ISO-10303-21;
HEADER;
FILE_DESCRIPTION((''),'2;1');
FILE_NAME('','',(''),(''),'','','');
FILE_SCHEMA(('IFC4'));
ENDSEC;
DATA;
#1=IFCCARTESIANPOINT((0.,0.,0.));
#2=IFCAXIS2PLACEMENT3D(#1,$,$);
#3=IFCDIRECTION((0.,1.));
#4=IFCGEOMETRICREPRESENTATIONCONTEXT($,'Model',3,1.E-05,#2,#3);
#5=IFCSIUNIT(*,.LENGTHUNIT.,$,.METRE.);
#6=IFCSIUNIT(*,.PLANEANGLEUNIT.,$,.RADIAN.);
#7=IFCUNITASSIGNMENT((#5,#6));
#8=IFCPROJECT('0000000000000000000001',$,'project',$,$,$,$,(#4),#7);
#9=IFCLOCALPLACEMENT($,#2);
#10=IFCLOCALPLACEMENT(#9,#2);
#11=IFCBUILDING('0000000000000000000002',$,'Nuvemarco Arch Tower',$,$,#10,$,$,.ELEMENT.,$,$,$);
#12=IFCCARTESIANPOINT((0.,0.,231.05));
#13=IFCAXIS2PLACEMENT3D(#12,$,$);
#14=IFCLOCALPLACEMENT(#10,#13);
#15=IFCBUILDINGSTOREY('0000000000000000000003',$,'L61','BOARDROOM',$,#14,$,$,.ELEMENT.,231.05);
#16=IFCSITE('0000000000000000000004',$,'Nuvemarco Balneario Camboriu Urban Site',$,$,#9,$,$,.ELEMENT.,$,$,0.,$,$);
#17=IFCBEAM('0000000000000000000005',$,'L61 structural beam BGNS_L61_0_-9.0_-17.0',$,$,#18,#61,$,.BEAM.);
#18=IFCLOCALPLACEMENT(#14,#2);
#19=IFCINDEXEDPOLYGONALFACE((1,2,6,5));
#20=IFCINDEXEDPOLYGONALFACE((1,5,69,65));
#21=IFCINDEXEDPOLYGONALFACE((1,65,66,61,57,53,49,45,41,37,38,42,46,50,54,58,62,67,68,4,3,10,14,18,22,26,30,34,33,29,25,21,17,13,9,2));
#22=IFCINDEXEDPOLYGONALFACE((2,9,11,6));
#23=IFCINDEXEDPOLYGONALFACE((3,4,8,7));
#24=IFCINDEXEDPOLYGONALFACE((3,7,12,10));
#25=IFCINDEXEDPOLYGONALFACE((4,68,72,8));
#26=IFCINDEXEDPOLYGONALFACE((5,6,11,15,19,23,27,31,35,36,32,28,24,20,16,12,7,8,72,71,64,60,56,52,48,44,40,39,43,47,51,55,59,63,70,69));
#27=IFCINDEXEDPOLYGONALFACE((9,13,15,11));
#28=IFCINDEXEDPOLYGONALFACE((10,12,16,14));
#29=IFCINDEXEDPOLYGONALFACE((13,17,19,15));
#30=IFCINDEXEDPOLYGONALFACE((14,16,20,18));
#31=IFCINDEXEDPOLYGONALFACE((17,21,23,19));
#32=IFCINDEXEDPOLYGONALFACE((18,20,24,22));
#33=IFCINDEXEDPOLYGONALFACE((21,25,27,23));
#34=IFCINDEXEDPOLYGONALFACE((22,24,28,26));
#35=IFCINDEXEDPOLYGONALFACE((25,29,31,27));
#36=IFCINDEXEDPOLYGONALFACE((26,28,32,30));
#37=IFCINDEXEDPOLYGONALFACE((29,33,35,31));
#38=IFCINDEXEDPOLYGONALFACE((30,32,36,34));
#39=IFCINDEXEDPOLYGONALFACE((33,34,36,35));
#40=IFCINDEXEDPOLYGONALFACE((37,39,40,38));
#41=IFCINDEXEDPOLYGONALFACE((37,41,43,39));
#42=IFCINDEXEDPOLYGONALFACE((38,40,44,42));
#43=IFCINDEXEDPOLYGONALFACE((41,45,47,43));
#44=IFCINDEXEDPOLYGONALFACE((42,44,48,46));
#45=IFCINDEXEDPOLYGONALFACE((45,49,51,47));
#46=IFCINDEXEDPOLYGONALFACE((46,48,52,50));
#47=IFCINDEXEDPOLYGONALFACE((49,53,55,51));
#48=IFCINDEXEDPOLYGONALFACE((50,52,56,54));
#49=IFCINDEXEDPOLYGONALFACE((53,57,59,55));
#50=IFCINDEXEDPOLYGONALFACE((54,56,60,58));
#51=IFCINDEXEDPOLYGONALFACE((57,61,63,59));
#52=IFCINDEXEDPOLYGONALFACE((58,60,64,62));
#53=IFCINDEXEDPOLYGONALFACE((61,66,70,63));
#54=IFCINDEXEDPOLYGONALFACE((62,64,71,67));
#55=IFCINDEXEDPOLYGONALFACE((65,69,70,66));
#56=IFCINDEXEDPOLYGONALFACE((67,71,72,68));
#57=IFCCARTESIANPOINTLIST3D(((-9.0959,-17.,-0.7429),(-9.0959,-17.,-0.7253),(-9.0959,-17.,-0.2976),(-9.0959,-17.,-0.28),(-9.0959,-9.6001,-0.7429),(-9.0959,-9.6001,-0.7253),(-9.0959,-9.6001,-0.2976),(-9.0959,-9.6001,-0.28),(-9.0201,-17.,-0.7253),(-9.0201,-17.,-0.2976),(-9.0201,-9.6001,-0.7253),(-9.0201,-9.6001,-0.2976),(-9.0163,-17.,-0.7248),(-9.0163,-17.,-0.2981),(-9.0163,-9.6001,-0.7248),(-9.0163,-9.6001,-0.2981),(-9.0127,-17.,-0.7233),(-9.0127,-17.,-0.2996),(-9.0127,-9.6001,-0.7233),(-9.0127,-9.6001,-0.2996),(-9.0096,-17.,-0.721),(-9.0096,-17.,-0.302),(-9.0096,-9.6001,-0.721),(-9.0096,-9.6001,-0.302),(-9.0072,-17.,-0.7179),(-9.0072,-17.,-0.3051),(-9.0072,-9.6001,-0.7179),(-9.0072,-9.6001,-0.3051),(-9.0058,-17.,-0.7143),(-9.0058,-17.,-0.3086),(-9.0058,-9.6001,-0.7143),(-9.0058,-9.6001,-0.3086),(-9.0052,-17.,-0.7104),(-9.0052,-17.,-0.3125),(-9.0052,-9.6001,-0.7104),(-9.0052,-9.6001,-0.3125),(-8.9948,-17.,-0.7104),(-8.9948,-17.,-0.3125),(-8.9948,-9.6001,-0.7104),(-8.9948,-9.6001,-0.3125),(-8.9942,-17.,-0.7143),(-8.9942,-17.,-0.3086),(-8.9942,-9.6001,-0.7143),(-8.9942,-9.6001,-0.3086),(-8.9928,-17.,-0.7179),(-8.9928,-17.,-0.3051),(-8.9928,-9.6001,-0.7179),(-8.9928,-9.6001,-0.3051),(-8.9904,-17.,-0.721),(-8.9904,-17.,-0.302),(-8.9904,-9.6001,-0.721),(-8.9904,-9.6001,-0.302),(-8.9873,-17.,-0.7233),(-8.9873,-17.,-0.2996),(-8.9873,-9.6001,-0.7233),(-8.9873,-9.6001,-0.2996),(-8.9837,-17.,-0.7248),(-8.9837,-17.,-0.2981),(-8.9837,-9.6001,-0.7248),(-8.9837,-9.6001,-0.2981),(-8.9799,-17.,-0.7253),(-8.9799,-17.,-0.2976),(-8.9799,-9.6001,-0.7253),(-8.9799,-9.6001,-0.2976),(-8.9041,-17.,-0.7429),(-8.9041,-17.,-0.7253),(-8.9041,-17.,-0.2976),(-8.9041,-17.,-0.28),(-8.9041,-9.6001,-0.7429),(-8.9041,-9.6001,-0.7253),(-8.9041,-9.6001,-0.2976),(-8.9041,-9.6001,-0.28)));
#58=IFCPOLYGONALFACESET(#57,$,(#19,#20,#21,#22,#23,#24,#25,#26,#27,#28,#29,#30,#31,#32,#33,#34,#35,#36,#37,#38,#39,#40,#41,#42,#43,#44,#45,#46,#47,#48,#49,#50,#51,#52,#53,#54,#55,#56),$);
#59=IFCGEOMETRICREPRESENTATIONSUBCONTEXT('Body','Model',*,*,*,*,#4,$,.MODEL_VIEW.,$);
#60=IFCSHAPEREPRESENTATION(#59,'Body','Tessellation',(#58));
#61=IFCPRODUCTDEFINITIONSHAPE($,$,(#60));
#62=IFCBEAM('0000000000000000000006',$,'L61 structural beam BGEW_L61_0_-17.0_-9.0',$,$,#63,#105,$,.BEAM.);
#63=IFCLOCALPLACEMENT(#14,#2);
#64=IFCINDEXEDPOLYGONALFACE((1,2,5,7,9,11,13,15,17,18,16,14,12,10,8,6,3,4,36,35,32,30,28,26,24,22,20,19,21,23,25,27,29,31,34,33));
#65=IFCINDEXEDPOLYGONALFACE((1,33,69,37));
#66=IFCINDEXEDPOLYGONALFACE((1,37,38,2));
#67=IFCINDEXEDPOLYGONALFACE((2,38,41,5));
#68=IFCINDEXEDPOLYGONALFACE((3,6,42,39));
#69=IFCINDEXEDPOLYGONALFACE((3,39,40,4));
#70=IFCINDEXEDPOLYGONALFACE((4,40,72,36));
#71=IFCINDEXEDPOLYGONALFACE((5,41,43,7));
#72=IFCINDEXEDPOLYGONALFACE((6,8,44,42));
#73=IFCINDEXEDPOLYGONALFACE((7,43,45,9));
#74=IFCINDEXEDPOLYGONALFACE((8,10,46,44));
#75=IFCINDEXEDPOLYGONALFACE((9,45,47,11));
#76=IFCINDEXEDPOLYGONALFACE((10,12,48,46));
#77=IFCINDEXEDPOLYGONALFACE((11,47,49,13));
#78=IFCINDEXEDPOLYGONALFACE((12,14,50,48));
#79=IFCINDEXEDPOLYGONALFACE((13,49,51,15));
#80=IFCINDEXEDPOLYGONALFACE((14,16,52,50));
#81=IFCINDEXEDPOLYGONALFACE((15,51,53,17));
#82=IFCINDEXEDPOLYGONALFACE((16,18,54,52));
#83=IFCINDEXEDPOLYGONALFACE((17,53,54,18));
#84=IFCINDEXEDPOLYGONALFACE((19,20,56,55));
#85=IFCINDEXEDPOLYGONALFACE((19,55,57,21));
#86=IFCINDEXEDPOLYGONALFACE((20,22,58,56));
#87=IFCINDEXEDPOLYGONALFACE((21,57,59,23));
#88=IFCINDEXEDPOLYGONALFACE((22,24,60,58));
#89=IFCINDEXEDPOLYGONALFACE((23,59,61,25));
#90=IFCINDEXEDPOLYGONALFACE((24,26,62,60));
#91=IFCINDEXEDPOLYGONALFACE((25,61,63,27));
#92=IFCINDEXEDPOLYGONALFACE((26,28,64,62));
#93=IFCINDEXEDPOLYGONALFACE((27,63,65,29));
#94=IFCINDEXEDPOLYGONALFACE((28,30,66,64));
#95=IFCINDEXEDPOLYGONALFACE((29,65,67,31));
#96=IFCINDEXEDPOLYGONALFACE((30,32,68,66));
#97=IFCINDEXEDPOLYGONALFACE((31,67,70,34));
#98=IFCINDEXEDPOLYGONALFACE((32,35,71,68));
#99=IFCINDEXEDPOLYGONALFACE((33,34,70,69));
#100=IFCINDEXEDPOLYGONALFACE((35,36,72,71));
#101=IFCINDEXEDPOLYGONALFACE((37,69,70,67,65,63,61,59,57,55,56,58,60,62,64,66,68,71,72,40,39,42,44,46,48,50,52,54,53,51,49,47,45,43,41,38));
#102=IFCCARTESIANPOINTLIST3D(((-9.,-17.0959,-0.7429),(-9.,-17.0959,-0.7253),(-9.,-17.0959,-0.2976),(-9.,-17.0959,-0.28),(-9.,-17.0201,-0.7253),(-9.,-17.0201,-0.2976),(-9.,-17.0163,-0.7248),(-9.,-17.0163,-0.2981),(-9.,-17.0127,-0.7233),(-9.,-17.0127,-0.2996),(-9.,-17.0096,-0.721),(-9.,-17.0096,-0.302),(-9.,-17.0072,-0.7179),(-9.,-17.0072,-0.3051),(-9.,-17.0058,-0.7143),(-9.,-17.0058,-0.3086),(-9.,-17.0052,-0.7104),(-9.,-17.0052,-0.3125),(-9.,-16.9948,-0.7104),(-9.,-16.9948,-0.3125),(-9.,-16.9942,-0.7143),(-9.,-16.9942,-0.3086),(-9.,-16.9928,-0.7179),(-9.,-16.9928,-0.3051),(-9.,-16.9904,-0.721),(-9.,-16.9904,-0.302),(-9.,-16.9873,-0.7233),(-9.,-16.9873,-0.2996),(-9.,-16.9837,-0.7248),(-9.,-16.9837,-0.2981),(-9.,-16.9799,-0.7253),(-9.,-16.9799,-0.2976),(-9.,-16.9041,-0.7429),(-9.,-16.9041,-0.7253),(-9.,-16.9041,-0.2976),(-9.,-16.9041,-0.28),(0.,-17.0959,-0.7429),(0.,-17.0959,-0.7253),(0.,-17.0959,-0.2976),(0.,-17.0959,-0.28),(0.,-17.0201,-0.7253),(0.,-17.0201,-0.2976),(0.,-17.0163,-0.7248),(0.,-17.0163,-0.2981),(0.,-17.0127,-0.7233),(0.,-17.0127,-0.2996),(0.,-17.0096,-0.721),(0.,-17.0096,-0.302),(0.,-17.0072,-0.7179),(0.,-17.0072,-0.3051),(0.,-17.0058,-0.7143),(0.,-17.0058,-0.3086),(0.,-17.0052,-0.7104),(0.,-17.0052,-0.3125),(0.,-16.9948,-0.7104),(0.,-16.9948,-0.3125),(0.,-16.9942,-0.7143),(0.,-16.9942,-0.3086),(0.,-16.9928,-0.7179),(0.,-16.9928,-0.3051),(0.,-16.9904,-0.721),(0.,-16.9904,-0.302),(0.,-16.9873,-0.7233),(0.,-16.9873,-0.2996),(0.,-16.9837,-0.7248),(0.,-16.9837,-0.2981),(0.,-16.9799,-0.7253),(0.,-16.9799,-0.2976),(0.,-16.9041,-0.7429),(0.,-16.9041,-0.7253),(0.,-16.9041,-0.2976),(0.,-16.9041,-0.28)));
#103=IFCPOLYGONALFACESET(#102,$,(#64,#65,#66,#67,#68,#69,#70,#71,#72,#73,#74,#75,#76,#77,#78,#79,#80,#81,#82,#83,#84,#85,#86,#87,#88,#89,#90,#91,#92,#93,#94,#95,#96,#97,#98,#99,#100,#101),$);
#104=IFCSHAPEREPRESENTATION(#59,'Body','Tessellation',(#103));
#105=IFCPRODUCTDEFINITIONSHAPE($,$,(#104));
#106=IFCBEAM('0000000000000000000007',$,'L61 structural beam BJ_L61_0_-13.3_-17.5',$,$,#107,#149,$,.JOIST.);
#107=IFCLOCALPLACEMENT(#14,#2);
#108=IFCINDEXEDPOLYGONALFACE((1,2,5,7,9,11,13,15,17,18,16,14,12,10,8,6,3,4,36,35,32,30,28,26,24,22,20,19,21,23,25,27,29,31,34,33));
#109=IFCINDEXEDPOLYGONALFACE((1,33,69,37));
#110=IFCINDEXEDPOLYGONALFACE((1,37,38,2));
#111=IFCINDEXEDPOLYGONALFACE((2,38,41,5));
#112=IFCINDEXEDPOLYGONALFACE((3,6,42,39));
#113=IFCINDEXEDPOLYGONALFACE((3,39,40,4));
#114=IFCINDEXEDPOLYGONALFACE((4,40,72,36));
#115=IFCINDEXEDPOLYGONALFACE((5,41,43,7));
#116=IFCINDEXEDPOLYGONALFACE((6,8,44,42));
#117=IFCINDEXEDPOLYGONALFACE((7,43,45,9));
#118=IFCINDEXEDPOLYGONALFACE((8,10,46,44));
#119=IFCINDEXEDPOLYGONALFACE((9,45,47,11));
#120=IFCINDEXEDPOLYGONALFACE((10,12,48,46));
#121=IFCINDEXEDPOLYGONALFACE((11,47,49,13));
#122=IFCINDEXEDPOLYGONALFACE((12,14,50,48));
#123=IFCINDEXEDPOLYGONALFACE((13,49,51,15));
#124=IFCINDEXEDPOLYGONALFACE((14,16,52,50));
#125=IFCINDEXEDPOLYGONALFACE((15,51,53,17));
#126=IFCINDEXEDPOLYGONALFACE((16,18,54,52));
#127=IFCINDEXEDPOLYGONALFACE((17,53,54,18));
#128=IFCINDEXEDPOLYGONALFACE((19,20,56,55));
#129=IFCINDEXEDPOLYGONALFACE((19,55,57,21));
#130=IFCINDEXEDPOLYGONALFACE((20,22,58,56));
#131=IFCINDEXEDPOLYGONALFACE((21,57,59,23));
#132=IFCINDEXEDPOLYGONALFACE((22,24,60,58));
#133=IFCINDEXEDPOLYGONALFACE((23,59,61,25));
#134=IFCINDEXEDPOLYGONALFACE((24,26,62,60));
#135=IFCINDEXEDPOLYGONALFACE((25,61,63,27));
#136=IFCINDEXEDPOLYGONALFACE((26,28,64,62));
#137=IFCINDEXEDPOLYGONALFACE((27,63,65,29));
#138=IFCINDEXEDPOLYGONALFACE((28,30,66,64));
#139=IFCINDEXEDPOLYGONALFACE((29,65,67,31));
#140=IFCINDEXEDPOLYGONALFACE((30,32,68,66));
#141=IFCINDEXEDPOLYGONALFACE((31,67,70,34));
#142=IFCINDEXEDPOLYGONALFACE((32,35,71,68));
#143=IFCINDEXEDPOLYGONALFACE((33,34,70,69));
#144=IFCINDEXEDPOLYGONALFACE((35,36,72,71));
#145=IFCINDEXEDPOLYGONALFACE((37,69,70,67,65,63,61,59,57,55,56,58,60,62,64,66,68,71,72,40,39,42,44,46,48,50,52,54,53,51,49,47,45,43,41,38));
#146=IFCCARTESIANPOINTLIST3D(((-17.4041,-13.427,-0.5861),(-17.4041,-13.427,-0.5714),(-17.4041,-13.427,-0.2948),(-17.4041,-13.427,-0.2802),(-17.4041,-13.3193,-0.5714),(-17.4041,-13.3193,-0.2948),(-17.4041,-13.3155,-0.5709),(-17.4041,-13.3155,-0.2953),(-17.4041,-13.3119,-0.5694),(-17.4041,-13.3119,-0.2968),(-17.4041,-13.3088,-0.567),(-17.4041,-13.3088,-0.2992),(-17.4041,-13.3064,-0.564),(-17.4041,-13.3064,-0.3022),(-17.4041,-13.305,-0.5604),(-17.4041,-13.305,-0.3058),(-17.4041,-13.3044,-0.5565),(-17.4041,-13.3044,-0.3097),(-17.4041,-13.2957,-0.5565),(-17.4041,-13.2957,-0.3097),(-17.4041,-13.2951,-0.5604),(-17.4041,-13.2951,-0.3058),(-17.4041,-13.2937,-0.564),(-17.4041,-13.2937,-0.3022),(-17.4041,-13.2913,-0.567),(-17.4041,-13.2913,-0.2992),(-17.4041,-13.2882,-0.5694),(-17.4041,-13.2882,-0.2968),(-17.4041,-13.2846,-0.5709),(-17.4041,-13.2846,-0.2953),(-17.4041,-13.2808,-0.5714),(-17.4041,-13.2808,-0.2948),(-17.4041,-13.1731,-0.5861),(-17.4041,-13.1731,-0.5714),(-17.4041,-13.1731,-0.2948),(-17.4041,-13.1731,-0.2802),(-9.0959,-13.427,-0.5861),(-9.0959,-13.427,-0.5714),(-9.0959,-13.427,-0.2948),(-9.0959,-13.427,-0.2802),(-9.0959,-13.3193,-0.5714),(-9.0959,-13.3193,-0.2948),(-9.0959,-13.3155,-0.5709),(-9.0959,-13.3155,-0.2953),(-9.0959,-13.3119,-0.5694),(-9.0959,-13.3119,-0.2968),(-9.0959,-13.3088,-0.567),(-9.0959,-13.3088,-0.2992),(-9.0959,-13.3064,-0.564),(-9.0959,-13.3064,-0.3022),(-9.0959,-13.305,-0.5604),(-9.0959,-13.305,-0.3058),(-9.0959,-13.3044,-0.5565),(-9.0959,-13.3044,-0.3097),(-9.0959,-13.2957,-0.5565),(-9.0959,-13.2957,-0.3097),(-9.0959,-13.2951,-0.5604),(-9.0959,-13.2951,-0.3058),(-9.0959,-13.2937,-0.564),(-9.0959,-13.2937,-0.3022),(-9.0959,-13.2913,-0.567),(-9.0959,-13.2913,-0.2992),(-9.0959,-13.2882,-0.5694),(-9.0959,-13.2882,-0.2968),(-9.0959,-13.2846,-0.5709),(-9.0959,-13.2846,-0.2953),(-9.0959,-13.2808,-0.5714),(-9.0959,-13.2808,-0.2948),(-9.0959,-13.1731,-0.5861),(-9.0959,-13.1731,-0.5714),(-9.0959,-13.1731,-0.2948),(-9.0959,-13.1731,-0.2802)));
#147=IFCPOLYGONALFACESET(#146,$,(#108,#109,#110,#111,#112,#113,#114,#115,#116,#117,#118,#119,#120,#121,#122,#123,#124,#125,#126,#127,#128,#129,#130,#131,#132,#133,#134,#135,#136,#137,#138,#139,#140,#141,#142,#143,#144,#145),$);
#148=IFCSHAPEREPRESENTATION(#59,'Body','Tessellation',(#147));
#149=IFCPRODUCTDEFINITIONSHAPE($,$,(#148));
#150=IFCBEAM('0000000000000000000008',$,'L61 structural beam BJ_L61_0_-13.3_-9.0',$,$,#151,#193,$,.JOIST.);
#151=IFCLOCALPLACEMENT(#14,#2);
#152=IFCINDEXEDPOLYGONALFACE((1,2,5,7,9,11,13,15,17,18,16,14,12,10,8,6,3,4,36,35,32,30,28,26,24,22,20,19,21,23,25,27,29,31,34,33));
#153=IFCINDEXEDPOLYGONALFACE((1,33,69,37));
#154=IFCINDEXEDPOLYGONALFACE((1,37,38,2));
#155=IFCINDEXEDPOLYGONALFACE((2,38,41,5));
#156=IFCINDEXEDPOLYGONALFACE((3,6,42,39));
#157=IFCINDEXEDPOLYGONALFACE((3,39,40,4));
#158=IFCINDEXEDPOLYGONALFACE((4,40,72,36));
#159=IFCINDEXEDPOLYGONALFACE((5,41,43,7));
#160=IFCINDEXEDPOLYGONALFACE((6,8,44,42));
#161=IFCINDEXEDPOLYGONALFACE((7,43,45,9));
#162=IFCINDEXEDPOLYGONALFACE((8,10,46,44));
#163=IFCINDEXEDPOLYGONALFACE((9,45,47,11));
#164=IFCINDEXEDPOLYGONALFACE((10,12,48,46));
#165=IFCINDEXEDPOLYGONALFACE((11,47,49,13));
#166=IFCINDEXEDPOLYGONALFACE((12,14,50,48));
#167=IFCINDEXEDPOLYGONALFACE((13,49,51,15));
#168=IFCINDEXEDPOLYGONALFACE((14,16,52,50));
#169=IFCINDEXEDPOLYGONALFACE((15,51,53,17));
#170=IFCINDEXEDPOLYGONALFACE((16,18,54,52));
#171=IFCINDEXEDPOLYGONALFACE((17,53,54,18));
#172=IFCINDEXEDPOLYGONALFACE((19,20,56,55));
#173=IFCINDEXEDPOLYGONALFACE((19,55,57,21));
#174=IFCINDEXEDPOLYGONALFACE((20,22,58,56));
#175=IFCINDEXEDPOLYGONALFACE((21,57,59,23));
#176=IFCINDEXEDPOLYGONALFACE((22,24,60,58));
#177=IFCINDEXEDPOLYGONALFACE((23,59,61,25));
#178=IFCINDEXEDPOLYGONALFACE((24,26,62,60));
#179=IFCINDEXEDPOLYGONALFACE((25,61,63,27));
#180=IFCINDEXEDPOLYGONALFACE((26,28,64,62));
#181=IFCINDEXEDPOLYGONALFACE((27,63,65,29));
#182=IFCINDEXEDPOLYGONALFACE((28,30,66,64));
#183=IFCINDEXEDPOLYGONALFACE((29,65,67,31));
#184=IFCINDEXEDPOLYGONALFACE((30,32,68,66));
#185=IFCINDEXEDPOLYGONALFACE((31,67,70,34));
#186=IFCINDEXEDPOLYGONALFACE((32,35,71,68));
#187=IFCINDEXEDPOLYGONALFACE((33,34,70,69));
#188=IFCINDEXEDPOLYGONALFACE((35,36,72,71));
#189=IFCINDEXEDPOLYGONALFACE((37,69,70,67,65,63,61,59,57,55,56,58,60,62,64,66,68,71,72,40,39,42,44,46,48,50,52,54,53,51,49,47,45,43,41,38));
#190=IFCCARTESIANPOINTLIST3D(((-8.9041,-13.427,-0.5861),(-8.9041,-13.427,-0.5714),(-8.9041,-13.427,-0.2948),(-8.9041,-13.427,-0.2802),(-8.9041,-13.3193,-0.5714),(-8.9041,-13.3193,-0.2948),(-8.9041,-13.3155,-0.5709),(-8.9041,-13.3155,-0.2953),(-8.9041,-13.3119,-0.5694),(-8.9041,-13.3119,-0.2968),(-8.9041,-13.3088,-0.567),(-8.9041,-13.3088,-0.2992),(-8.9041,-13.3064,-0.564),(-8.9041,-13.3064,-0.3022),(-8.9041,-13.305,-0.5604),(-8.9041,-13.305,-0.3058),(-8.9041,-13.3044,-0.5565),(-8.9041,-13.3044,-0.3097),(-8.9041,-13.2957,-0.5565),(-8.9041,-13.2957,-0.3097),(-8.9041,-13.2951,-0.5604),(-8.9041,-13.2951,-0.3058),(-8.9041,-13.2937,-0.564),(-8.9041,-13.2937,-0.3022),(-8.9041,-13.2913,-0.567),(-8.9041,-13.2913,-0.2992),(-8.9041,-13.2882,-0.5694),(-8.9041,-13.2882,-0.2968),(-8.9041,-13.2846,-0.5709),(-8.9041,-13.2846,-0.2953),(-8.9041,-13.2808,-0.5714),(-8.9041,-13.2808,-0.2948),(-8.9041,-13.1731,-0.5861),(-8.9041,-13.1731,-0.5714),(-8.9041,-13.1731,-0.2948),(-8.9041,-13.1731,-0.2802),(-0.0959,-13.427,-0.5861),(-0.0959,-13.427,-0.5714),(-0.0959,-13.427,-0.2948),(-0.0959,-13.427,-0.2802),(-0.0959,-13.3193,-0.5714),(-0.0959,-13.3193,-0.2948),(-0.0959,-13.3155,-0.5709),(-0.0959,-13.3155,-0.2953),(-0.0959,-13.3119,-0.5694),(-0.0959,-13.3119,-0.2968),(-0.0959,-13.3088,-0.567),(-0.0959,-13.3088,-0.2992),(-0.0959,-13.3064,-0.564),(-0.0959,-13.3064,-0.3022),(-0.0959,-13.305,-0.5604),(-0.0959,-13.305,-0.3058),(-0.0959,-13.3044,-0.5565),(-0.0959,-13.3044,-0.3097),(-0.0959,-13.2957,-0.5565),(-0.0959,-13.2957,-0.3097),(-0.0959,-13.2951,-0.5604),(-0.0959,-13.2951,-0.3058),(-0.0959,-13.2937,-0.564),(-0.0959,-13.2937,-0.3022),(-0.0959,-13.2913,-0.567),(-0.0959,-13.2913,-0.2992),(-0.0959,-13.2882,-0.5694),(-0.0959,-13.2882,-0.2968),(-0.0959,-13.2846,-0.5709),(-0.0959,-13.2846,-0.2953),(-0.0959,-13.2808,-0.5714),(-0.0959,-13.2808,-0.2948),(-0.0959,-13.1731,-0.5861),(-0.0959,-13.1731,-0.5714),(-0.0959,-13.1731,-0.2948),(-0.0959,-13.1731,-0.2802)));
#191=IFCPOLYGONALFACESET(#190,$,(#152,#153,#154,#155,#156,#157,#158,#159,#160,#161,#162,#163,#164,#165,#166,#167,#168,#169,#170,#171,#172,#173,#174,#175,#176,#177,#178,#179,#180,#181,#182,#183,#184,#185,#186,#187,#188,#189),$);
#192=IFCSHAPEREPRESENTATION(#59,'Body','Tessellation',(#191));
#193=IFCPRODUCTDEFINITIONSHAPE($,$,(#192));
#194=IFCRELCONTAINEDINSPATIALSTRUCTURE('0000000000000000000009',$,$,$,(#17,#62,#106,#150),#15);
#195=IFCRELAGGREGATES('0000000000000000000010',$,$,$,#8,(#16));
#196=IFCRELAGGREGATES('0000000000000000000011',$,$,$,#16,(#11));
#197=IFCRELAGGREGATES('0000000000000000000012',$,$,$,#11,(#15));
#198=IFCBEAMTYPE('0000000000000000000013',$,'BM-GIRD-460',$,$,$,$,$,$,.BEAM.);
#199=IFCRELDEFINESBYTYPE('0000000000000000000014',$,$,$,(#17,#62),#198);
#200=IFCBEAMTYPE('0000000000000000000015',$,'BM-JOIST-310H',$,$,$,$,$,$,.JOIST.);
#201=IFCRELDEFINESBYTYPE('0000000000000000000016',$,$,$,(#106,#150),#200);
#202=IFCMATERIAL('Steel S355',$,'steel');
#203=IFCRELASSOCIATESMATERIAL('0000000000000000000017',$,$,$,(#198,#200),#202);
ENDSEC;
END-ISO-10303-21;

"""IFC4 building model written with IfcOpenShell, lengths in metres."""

from ifc_helpers import new_model, si_unit, direction, frame, origin, origin_2d, place, context, subcontext, project, spatial, i_section, extrude, material, material_profile, profile_set, type_object, element, save


model = new_model("IFC4")

# Units and contexts
model_context = context("Model", 3, precision=1e-05, world=origin(), true_north=direction((0.0, 1.0)))
body_context = subcontext(model_context, "Body", "Model", "MODEL_VIEW")
ifc_project = project(units=[si_unit("LENGTHUNIT", "METRE"), si_unit("PLANEANGLEUNIT", "RADIAN")], contexts=[model_context])

# Site, building, storey
site_placement = place(None, origin())
site = spatial("IfcSite", under=ifc_project, at=site_placement, Name="Nuvemarco Balneario Camboriu Urban Site", CompositionType="ELEMENT", RefElevation=0.0)
building_placement = place(site_placement, origin())
building = spatial("IfcBuilding", under=site, at=building_placement, Name="Nuvemarco Arch Tower", CompositionType="ELEMENT")
storey_placement = place(building_placement, frame((0.0, 0.0, 231.05)))
storey = spatial("IfcBuildingStorey", under=building, at=storey_placement, Name="L61", Description="BOARDROOM", CompositionType="ELEMENT", Elevation=231.05)

# Shared definitions
ifc_material_1 = material(Name="Steel S355", Category="steel")

# Beams
ifc_material_profile_1 = material_profile(ifc_material_1, i_section(OverallWidth=0.1919, OverallDepth=0.4629, WebThickness=0.0105, FlangeThickness=0.0176, FilletRadius=0.0149, at=origin_2d()), Name="W460x89")
ifc_profile_set_1 = profile_set([ifc_material_profile_1], Name="Steel S355")
beam_type_1 = type_object("IfcBeamType", Name="BM-GIRD-460", PredefinedType="BEAM", material=ifc_profile_set_1)
beam_1_placement = place(storey_placement, frame((-9.0, -17.0, -0.5115), z_axis=(0.0, 1.0, 0.0), x_axis=(-1.0, 0.0, 0.0)))
element("IfcBeam", 1, at=beam_1_placement, inside=storey, type_object=beam_type_1, Name="L61 structural beam BGNS_L61_0_-9.0_-17.0", PredefinedType="BEAM", context=body_context, shape_type="SweptSolid", body=[
    extrude(i_section(OverallWidth=0.1919, OverallDepth=0.4629, WebThickness=0.0105, FlangeThickness=0.0176, FilletRadius=0.0149, at=origin_2d()), origin(), (0.0, 0.0, 1.0), 7.3999),
])
beam_2_placement = place(storey_placement, frame((-9.0, -17.0, -0.5115), z_axis=(1.0, 0.0, 0.0), x_axis=(0.0, 1.0, 0.0)))
element("IfcBeam", 2, at=beam_2_placement, inside=storey, type_object=beam_type_1, Name="L61 structural beam BGEW_L61_0_-17.0_-9.0", PredefinedType="BEAM", context=body_context, shape_type="SweptSolid", body=[
    extrude(i_section(OverallWidth=0.1919, OverallDepth=0.4629, WebThickness=0.0105, FlangeThickness=0.0176, FilletRadius=0.0149, at=origin_2d()), origin(), (0.0, 0.0, 1.0), 9.0),
])
ifc_material_profile_2 = material_profile(ifc_material_1, i_section(OverallWidth=0.2539, OverallDepth=0.3059, WebThickness=0.0088, FlangeThickness=0.0146, FilletRadius=0.0149, at=origin_2d()), Name="W310x79")
ifc_profile_set_2 = profile_set([ifc_material_profile_2], Name="Steel S355")
beam_type_2 = type_object("IfcBeamType", Name="BM-JOIST-310H", PredefinedType="JOIST", material=ifc_profile_set_2)
beam_3_placement = place(storey_placement, frame((-17.4041, -13.3, -0.4331), z_axis=(1.0, 0.0, 0.0), x_axis=(0.0, 1.0, 0.0)))
element("IfcBeam", 3, at=beam_3_placement, inside=storey, type_object=beam_type_2, Name="L61 structural beam BJ_L61_0_-13.3_-17.5", PredefinedType="JOIST", context=body_context, shape_type="SweptSolid", body=[
    extrude(i_section(OverallWidth=0.2539, OverallDepth=0.3059, WebThickness=0.0088, FlangeThickness=0.0146, FilletRadius=0.0149, at=origin_2d()), origin(), (0.0, 0.0, 1.0), 8.3081),
])
beam_4_placement = place(storey_placement, frame((-8.9041, -13.3, -0.4331), z_axis=(1.0, 0.0, 0.0), x_axis=(0.0, 1.0, 0.0)))
element("IfcBeam", 4, at=beam_4_placement, inside=storey, type_object=beam_type_2, Name="L61 structural beam BJ_L61_0_-13.3_-9.0", PredefinedType="JOIST", context=body_context, shape_type="SweptSolid", body=[
    extrude(i_section(OverallWidth=0.2539, OverallDepth=0.3059, WebThickness=0.0088, FlangeThickness=0.0146, FilletRadius=0.0149, at=origin_2d()), origin(), (0.0, 0.0, 1.0), 8.8081),
])

save(model, "model.ifc")
